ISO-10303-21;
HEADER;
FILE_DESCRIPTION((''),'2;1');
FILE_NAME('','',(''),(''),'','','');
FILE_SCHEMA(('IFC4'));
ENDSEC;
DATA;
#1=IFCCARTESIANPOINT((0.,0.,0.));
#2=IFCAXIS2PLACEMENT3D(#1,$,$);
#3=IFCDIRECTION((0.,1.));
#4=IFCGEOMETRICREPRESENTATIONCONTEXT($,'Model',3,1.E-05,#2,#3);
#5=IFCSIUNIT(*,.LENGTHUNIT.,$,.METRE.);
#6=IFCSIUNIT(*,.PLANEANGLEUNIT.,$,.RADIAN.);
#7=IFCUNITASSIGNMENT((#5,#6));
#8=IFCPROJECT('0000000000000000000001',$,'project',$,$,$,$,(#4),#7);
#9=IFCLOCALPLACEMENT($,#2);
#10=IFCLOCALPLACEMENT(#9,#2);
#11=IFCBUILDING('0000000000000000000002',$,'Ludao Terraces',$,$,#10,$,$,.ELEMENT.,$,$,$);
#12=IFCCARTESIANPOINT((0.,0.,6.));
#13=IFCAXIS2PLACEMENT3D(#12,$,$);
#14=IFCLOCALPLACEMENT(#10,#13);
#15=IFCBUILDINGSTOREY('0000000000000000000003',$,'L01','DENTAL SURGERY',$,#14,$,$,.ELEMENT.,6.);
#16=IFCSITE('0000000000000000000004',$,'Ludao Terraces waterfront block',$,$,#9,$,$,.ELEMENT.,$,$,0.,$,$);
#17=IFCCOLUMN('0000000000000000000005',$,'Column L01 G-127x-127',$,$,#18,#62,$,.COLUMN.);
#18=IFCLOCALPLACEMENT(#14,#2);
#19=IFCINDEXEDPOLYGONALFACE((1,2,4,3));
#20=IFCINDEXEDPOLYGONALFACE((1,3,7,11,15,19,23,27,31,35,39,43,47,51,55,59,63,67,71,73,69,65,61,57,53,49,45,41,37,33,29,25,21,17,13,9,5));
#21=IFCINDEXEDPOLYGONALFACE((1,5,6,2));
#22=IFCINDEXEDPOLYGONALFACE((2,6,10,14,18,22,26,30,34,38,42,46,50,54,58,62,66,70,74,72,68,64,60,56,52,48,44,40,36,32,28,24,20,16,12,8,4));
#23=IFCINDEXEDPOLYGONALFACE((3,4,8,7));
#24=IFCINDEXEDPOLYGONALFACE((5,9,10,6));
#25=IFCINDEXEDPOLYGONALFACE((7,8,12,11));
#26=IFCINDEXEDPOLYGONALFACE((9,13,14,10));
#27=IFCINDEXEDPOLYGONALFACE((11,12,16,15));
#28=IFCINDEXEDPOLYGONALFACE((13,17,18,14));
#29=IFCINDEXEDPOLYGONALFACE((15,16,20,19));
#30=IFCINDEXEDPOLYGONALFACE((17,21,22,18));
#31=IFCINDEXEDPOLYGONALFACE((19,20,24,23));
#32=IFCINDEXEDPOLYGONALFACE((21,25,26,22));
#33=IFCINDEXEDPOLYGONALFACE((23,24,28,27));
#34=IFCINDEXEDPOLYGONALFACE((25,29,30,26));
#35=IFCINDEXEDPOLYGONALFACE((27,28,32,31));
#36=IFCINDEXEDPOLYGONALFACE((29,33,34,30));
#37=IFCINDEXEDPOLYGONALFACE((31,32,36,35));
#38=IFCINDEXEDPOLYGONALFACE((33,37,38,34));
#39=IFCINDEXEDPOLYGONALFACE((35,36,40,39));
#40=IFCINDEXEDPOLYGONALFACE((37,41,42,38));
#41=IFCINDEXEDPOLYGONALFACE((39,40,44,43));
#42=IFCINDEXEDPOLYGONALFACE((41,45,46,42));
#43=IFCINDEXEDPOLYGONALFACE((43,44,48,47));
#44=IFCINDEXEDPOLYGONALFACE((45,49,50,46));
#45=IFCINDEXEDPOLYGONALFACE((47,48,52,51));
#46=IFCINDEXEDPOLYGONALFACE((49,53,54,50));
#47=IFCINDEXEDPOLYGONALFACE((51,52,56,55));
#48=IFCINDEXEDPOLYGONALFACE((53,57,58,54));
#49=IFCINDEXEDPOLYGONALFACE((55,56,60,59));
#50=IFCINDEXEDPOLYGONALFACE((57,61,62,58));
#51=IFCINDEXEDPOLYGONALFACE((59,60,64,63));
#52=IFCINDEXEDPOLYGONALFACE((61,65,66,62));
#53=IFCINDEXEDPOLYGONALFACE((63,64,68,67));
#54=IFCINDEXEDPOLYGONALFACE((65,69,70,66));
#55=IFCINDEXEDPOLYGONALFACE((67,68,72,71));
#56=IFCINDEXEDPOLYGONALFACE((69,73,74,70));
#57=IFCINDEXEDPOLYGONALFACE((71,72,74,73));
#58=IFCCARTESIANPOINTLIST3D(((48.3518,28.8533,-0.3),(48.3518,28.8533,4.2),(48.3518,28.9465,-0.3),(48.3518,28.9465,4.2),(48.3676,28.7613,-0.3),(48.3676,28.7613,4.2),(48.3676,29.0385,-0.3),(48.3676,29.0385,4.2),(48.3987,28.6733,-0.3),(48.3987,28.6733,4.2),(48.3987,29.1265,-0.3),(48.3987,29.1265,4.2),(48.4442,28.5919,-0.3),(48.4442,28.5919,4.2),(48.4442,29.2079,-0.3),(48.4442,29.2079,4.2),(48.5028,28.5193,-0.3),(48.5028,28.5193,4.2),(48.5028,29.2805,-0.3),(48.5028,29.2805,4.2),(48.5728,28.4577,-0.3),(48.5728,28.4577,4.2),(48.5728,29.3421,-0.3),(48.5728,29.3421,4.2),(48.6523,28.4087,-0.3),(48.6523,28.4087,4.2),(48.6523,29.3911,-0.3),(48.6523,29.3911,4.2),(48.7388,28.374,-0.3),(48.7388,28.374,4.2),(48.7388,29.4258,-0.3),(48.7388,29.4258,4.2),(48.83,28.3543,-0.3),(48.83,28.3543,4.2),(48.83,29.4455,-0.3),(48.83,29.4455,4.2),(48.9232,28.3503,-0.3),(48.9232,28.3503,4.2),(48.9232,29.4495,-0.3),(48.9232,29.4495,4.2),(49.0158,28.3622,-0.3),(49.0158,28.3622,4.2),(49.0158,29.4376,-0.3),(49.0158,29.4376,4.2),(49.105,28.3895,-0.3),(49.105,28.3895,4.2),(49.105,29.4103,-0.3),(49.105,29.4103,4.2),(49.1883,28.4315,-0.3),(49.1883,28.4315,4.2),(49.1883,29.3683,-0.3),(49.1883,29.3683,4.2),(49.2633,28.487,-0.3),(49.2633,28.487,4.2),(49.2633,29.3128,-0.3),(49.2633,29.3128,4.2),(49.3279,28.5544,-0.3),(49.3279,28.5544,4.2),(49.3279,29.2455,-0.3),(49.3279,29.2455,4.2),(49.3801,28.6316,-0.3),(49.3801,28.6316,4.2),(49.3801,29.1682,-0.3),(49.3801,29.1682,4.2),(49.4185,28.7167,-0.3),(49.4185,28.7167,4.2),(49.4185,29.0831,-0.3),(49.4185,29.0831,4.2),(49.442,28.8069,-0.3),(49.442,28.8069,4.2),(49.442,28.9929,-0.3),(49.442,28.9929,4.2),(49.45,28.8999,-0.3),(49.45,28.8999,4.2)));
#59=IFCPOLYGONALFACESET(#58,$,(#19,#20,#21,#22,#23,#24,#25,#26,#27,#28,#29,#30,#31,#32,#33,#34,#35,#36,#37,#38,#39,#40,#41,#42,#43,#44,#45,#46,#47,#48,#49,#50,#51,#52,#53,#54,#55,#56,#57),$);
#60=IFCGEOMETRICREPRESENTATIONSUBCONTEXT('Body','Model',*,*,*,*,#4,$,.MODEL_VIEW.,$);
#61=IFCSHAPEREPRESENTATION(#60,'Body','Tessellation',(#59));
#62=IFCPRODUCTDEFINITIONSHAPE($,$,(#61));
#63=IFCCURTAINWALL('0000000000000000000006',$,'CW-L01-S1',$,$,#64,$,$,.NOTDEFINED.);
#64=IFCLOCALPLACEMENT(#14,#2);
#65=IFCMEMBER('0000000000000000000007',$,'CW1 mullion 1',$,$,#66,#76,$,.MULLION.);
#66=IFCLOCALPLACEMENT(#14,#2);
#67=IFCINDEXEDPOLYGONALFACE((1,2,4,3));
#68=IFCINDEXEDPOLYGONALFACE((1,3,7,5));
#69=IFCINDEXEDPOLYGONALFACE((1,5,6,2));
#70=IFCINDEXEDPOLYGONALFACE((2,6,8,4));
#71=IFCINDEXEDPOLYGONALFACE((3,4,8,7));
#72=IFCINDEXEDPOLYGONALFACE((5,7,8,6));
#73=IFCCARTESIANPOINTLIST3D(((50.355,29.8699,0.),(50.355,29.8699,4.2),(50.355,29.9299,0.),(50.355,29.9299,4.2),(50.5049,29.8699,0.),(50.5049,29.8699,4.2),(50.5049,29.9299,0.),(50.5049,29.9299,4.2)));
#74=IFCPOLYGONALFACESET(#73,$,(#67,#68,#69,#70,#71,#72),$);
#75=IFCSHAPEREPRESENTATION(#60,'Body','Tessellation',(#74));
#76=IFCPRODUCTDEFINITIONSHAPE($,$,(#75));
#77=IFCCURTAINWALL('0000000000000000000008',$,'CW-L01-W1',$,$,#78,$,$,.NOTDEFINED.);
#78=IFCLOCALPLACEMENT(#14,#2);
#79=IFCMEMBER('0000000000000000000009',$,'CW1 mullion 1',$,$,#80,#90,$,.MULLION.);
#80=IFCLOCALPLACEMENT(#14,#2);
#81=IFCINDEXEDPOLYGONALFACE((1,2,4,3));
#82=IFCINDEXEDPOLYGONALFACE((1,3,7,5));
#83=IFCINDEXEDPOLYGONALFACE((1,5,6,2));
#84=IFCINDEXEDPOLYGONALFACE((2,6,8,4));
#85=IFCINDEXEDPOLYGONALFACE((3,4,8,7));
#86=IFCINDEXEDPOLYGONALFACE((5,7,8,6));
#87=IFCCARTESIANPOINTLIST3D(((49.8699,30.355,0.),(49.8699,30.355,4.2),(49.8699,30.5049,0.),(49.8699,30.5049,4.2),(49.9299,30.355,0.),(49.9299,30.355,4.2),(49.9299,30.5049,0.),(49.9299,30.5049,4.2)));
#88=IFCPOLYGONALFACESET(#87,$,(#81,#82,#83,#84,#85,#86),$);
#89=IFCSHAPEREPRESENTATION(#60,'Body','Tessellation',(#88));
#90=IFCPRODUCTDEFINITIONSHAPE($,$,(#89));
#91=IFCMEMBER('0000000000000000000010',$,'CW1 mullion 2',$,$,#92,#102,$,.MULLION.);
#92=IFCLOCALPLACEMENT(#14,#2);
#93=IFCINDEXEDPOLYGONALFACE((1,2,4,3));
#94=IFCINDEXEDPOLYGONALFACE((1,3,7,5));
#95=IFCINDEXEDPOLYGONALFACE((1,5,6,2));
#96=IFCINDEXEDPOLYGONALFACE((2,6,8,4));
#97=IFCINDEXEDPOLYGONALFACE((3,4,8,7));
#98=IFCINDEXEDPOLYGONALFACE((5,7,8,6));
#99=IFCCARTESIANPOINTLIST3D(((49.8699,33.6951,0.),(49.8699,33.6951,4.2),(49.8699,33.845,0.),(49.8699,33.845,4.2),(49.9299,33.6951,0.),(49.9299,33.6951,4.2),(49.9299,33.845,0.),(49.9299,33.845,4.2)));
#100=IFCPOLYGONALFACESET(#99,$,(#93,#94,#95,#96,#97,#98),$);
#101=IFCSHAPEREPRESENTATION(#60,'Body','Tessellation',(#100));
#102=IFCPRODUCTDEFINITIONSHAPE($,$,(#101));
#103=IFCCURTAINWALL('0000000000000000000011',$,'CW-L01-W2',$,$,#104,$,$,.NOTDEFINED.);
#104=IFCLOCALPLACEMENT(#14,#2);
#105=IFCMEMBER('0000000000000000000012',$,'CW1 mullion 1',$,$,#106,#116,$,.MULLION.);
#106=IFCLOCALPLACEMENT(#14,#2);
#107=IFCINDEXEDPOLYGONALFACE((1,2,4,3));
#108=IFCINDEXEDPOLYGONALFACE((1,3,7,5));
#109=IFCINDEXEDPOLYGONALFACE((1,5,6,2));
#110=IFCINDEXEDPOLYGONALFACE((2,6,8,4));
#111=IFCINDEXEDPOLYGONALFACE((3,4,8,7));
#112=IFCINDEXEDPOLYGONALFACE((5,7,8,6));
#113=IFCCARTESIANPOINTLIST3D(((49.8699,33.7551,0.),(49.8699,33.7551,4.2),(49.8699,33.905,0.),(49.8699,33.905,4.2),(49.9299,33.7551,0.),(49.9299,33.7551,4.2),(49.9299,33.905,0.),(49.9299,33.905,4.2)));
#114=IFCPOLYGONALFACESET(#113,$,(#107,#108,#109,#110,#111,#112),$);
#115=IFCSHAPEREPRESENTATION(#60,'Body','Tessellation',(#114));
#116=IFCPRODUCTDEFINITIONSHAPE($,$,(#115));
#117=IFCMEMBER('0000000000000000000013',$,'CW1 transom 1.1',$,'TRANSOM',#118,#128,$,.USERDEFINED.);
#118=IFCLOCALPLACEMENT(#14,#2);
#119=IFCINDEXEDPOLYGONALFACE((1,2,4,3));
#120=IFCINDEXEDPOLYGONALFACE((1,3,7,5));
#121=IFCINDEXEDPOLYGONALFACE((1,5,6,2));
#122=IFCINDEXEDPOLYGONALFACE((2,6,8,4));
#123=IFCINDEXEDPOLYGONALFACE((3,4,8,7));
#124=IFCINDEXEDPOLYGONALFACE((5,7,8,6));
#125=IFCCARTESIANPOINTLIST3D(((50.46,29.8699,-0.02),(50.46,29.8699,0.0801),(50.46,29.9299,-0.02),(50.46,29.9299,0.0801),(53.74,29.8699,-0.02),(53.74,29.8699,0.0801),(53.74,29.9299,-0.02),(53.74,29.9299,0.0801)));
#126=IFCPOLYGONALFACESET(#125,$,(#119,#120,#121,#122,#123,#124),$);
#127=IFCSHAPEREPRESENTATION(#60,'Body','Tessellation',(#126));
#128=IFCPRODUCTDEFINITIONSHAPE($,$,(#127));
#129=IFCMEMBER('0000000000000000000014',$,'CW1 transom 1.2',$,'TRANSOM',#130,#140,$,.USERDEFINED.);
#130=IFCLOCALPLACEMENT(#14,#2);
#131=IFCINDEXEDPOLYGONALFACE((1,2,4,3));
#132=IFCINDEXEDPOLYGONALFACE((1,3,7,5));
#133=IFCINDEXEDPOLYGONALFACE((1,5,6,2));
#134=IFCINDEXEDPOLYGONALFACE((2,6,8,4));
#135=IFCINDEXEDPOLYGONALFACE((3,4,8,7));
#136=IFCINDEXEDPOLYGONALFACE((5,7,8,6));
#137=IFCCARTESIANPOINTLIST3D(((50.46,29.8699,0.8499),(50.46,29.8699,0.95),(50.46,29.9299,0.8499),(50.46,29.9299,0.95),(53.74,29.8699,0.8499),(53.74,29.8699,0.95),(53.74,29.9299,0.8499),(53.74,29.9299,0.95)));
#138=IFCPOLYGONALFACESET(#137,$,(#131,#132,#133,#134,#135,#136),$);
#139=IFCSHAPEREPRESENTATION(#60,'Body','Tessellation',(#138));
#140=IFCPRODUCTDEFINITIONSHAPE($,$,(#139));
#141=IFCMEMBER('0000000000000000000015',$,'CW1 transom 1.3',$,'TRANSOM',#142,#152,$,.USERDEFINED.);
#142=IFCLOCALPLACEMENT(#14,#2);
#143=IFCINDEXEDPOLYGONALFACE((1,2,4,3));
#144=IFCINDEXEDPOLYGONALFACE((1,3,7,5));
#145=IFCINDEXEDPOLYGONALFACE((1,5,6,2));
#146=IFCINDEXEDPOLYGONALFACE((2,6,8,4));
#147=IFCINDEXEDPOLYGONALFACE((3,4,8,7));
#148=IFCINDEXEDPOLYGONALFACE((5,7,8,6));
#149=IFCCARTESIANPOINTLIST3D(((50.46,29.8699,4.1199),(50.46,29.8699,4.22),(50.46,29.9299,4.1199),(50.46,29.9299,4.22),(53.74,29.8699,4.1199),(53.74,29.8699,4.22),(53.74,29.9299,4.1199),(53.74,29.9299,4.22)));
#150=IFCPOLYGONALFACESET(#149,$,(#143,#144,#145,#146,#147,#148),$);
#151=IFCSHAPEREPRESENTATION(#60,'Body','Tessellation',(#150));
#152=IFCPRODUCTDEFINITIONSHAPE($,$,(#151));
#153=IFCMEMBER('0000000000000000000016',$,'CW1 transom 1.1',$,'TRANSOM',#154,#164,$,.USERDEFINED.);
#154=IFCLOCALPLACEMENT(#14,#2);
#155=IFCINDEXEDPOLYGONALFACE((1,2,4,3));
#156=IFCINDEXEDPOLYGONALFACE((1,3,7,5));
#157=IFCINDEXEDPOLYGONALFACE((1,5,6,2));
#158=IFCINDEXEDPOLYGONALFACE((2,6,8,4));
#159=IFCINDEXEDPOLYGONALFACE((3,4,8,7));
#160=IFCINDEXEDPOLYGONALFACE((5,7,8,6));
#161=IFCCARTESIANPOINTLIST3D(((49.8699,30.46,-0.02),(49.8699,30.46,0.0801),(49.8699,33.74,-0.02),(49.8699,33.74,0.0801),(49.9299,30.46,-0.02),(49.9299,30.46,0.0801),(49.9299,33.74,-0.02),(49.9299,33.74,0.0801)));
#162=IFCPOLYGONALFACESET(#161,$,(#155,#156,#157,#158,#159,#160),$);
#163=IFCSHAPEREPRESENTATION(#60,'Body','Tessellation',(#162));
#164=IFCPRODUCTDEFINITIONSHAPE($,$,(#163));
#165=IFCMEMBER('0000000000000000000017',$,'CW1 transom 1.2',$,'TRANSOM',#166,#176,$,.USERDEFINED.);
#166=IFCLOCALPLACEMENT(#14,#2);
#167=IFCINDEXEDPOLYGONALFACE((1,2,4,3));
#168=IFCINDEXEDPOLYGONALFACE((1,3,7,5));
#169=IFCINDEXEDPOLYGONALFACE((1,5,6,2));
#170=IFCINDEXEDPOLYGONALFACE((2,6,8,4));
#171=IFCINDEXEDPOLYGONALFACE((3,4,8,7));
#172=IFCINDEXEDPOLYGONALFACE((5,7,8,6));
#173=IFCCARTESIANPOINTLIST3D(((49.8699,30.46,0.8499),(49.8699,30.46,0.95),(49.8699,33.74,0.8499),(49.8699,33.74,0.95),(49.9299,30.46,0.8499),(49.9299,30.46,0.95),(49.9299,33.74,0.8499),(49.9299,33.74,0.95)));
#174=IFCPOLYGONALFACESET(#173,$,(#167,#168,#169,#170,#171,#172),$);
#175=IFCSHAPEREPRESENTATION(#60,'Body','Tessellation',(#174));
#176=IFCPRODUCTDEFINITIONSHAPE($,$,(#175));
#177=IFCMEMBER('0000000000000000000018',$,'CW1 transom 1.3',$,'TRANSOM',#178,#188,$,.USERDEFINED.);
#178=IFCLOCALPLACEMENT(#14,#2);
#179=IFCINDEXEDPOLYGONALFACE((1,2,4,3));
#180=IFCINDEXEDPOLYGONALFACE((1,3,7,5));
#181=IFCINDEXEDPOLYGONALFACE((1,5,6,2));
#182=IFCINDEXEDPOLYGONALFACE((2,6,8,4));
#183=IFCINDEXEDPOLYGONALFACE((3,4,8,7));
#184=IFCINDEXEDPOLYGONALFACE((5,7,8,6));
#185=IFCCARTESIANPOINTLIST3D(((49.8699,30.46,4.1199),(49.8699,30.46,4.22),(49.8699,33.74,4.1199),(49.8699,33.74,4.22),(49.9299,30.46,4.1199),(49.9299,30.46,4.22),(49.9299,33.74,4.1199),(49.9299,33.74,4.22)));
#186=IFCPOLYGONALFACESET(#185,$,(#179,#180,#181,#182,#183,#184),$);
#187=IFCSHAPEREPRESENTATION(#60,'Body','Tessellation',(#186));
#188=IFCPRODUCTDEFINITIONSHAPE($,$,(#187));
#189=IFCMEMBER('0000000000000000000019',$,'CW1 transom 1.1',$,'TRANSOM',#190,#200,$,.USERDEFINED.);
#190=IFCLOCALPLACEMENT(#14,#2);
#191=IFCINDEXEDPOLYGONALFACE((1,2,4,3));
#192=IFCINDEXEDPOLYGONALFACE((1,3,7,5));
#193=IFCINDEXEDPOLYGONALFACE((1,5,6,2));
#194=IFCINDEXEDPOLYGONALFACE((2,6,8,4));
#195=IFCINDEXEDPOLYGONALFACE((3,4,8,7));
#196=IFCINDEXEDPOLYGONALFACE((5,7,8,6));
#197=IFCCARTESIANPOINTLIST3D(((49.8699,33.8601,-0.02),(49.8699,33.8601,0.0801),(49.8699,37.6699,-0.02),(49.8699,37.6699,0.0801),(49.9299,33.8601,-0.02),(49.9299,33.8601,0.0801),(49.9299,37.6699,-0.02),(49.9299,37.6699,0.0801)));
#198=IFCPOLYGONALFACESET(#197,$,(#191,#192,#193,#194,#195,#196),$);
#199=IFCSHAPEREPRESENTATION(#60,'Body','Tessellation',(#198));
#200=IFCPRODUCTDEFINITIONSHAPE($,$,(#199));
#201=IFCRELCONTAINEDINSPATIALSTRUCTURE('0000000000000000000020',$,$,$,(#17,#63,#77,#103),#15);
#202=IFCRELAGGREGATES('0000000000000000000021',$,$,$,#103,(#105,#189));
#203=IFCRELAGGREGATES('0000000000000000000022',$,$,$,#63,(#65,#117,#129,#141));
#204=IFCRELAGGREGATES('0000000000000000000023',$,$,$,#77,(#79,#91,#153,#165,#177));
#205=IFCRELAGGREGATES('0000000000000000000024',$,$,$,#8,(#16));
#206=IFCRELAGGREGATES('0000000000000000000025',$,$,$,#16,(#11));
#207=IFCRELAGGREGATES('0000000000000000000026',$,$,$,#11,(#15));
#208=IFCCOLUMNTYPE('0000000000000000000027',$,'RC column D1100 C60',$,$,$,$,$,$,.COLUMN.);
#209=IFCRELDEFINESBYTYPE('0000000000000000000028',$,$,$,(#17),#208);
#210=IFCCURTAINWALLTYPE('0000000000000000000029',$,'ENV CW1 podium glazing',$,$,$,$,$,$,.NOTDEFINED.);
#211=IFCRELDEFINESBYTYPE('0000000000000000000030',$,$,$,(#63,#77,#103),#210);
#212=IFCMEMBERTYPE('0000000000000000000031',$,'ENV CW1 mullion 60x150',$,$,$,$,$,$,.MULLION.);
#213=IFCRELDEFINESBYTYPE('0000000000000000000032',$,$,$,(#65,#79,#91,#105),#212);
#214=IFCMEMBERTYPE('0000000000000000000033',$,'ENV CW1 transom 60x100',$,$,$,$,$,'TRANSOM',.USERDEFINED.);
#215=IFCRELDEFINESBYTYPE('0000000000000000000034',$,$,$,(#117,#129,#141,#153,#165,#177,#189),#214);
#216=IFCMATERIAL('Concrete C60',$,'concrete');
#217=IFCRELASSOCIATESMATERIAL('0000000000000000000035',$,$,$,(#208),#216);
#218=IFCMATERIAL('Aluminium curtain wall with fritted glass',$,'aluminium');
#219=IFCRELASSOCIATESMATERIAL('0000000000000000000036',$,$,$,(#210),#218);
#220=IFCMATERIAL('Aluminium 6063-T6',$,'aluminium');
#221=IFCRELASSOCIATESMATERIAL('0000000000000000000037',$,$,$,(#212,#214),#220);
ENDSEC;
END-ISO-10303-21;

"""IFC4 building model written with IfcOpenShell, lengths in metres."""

from ifc_helpers import new_model, si_unit, direction, frame, origin, origin_2d, place, context, subcontext, project, spatial, rectangle, circle, extrude, material, material_profile, profile_set, type_object, element, aggregate, save


model = new_model("IFC4")

# Units and contexts
model_context = context("Model", 3, precision=1e-05, world=origin(), true_north=direction((0.0, 1.0)))
body_context = subcontext(model_context, "Body", "Model", "MODEL_VIEW")
ifc_project = project(units=[si_unit("LENGTHUNIT", "METRE"), si_unit("PLANEANGLEUNIT", "RADIAN")], contexts=[model_context])

# Site, building, storey
site_placement = place(None, origin())
site = spatial("IfcSite", under=ifc_project, at=site_placement, Name="Ludao Terraces waterfront block", CompositionType="ELEMENT", RefElevation=0.0)
building_placement = place(site_placement, origin())
building = spatial("IfcBuilding", under=site, at=building_placement, Name="Ludao Terraces", CompositionType="ELEMENT")
storey_placement = place(building_placement, frame((0.0, 0.0, 6.0)))
storey = spatial("IfcBuildingStorey", under=building, at=storey_placement, Name="L01", Description="DENTAL SURGERY", CompositionType="ELEMENT", Elevation=6.0)

# Column
ifc_material_1 = material(Name="Concrete C60", Category="concrete")
ifc_material_profile_1 = material_profile(ifc_material_1, circle(Radius=0.55, at=origin_2d()), Name="D1100")
ifc_profile_set_1 = profile_set([ifc_material_profile_1], Name="Concrete C60")
column_type = type_object("IfcColumnType", Name="RC column D1100 C60", PredefinedType="COLUMN", material=ifc_profile_set_1)
column_placement = place(storey_placement, frame((48.8999, 28.8999, -0.3), z_axis=(0.0, 0.0, 1.0), x_axis=(1.0, 0.0, 0.0)))
element("IfcColumn", 1, at=column_placement, inside=storey, type_object=column_type, Name="Column L01 G-127x-127", PredefinedType="COLUMN", context=body_context, shape_type="SweptSolid", body=[
    extrude(circle(Radius=0.55, at=origin_2d()), origin(), (0.0, 0.0, 1.0), 4.5),
])

# Curtain wall, member
ifc_material_2 = material(Name="Aluminium curtain wall with fritted glass", Category="aluminium")
curtain_wall_type = type_object("IfcCurtainWallType", Name="ENV CW1 podium glazing", PredefinedType="NOTDEFINED", material=ifc_material_2)
curtain_wall_1_placement = place(storey_placement, origin())
curtain_wall_1 = element("IfcCurtainWall", 2, at=curtain_wall_1_placement, inside=storey, type_object=curtain_wall_type, Name="CW-L01-S1", PredefinedType="NOTDEFINED")
ifc_material_3 = material(Name="Aluminium 6063-T6", Category="aluminium")
ifc_material_profile_2 = material_profile(ifc_material_3, rectangle(XDim=0.0601, YDim=0.1499, at=origin_2d()), Name="60 X 150")
ifc_profile_set_2 = profile_set([ifc_material_profile_2], Name="Aluminium 6063-T6")
member_type_1 = type_object("IfcMemberType", Name="ENV CW1 mullion 60x150", PredefinedType="MULLION", material=ifc_profile_set_2)
member_1_placement = place(storey_placement, frame((50.4299, 29.8999, 0.0), z_axis=(0.0, 0.0, 1.0), x_axis=(0.0, 1.0, 0.0)))
member_1 = element("IfcMember", 3, at=member_1_placement, type_object=member_type_1, Name="CW1 mullion 1", PredefinedType="MULLION", context=body_context, shape_type="SweptSolid", body=[
    extrude(rectangle(XDim=0.0601, YDim=0.1499, at=origin_2d()), origin(), (0.0, 0.0, 1.0), 4.2),
])

# Curtain wall, members
curtain_wall_2_placement = place(storey_placement, origin())
curtain_wall_2 = element("IfcCurtainWall", 4, at=curtain_wall_2_placement, inside=storey, type_object=curtain_wall_type, Name="CW-L01-W1", PredefinedType="NOTDEFINED")
member_2_placement = place(storey_placement, frame((49.8999, 30.4299, 0.0), z_axis=(0.0, 0.0, 1.0), x_axis=(-1.0, 0.0, 0.0)))
member_2 = element("IfcMember", 5, at=member_2_placement, type_object=member_type_1, Name="CW1 mullion 1", PredefinedType="MULLION", context=body_context, shape_type="SweptSolid", body=[
    extrude(rectangle(XDim=0.0601, YDim=0.1499, at=origin_2d()), origin(), (0.0, 0.0, 1.0), 4.2),
])
member_3_placement = place(storey_placement, frame((49.8999, 33.77, 0.0), z_axis=(0.0, 0.0, 1.0), x_axis=(-1.0, 0.0, 0.0)))
member_3 = element("IfcMember", 6, at=member_3_placement, type_object=member_type_1, Name="CW1 mullion 2", PredefinedType="MULLION", context=body_context, shape_type="SweptSolid", body=[
    extrude(rectangle(XDim=0.0601, YDim=0.1499, at=origin_2d()), origin(), (0.0, 0.0, 1.0), 4.2),
])

# Curtain wall, member
curtain_wall_3_placement = place(storey_placement, origin())
curtain_wall_3 = element("IfcCurtainWall", 7, at=curtain_wall_3_placement, inside=storey, type_object=curtain_wall_type, Name="CW-L01-W2", PredefinedType="NOTDEFINED")
member_4_placement = place(storey_placement, frame((49.8999, 33.8301, 0.0), z_axis=(0.0, 0.0, 1.0), x_axis=(-1.0, 0.0, 0.0)))
member_4 = element("IfcMember", 8, at=member_4_placement, type_object=member_type_1, Name="CW1 mullion 1", PredefinedType="MULLION", context=body_context, shape_type="SweptSolid", body=[
    extrude(rectangle(XDim=0.0601, YDim=0.1499, at=origin_2d()), origin(), (0.0, 0.0, 1.0), 4.2),
])

# Members
ifc_material_profile_3 = material_profile(ifc_material_3, rectangle(XDim=0.0601, YDim=0.1001, at=origin_2d()), Name="60 X 100")
ifc_profile_set_3 = profile_set([ifc_material_profile_3], Name="Aluminium 6063-T6")
member_type_2 = type_object("IfcMemberType", Name="ENV CW1 transom 60x100", ElementType="TRANSOM", PredefinedType="USERDEFINED", material=ifc_profile_set_3)
member_5_placement = place(storey_placement, frame((50.46, 29.8999, 0.03), z_axis=(1.0, 0.0, 0.0), x_axis=(0.0, 1.0, 0.0)))
member_5 = element("IfcMember", 9, at=member_5_placement, type_object=member_type_2, Name="CW1 transom 1.1", ObjectType="TRANSOM", PredefinedType="USERDEFINED", context=body_context, shape_type="SweptSolid", body=[
    extrude(rectangle(XDim=0.0601, YDim=0.1001, at=origin_2d()), origin(), (0.0, 0.0, 1.0), 3.28),
])
member_6_placement = place(storey_placement, frame((50.46, 29.8999, 0.8999), z_axis=(1.0, 0.0, 0.0), x_axis=(0.0, 1.0, 0.0)))
member_6 = element("IfcMember", 10, at=member_6_placement, type_object=member_type_2, Name="CW1 transom 1.2", ObjectType="TRANSOM", PredefinedType="USERDEFINED", context=body_context, shape_type="SweptSolid", body=[
    extrude(rectangle(XDim=0.0601, YDim=0.1001, at=origin_2d()), origin(), (0.0, 0.0, 1.0), 3.28),
])
member_7_placement = place(storey_placement, frame((50.46, 29.8999, 4.1699), z_axis=(1.0, 0.0, 0.0), x_axis=(0.0, 1.0, 0.0)))
member_7 = element("IfcMember", 11, at=member_7_placement, type_object=member_type_2, Name="CW1 transom 1.3", ObjectType="TRANSOM", PredefinedType="USERDEFINED", context=body_context, shape_type="SweptSolid", body=[
    extrude(rectangle(XDim=0.0601, YDim=0.1001, at=origin_2d()), origin(), (0.0, 0.0, 1.0), 3.28),
])
member_8_placement = place(storey_placement, frame((49.8999, 30.46, 0.03), z_axis=(0.0, 1.0, 0.0), x_axis=(-1.0, 0.0, 0.0)))
member_8 = element("IfcMember", 12, at=member_8_placement, type_object=member_type_2, Name="CW1 transom 1.1", ObjectType="TRANSOM", PredefinedType="USERDEFINED", context=body_context, shape_type="SweptSolid", body=[
    extrude(rectangle(XDim=0.0601, YDim=0.1001, at=origin_2d()), origin(), (0.0, 0.0, 1.0), 3.28),
])
member_9_placement = place(storey_placement, frame((49.8999, 30.46, 0.8999), z_axis=(0.0, 1.0, 0.0), x_axis=(-1.0, 0.0, 0.0)))
member_9 = element("IfcMember", 13, at=member_9_placement, type_object=member_type_2, Name="CW1 transom 1.2", ObjectType="TRANSOM", PredefinedType="USERDEFINED", context=body_context, shape_type="SweptSolid", body=[
    extrude(rectangle(XDim=0.0601, YDim=0.1001, at=origin_2d()), origin(), (0.0, 0.0, 1.0), 3.28),
])
member_10_placement = place(storey_placement, frame((49.8999, 30.46, 4.1699), z_axis=(0.0, 1.0, 0.0), x_axis=(-1.0, 0.0, 0.0)))
member_10 = element("IfcMember", 14, at=member_10_placement, type_object=member_type_2, Name="CW1 transom 1.3", ObjectType="TRANSOM", PredefinedType="USERDEFINED", context=body_context, shape_type="SweptSolid", body=[
    extrude(rectangle(XDim=0.0601, YDim=0.1001, at=origin_2d()), origin(), (0.0, 0.0, 1.0), 3.28),
])
member_11_placement = place(storey_placement, frame((49.8999, 33.8601, 0.03), z_axis=(0.0, 1.0, 0.0), x_axis=(-1.0, 0.0, 0.0)))
member_11 = element("IfcMember", 15, at=member_11_placement, type_object=member_type_2, Name="CW1 transom 1.1", ObjectType="TRANSOM", PredefinedType="USERDEFINED", context=body_context, shape_type="SweptSolid", body=[
    extrude(rectangle(XDim=0.0601, YDim=0.1001, at=origin_2d()), origin(), (0.0, 0.0, 1.0), 3.8098),
])
aggregate(curtain_wall_3, [member_4, member_11])

aggregate(curtain_wall_1, [member_1, member_5, member_6, member_7])
aggregate(curtain_wall_2, [member_2, member_3, member_8, member_9, member_10])

save(model, "model.ifc")
